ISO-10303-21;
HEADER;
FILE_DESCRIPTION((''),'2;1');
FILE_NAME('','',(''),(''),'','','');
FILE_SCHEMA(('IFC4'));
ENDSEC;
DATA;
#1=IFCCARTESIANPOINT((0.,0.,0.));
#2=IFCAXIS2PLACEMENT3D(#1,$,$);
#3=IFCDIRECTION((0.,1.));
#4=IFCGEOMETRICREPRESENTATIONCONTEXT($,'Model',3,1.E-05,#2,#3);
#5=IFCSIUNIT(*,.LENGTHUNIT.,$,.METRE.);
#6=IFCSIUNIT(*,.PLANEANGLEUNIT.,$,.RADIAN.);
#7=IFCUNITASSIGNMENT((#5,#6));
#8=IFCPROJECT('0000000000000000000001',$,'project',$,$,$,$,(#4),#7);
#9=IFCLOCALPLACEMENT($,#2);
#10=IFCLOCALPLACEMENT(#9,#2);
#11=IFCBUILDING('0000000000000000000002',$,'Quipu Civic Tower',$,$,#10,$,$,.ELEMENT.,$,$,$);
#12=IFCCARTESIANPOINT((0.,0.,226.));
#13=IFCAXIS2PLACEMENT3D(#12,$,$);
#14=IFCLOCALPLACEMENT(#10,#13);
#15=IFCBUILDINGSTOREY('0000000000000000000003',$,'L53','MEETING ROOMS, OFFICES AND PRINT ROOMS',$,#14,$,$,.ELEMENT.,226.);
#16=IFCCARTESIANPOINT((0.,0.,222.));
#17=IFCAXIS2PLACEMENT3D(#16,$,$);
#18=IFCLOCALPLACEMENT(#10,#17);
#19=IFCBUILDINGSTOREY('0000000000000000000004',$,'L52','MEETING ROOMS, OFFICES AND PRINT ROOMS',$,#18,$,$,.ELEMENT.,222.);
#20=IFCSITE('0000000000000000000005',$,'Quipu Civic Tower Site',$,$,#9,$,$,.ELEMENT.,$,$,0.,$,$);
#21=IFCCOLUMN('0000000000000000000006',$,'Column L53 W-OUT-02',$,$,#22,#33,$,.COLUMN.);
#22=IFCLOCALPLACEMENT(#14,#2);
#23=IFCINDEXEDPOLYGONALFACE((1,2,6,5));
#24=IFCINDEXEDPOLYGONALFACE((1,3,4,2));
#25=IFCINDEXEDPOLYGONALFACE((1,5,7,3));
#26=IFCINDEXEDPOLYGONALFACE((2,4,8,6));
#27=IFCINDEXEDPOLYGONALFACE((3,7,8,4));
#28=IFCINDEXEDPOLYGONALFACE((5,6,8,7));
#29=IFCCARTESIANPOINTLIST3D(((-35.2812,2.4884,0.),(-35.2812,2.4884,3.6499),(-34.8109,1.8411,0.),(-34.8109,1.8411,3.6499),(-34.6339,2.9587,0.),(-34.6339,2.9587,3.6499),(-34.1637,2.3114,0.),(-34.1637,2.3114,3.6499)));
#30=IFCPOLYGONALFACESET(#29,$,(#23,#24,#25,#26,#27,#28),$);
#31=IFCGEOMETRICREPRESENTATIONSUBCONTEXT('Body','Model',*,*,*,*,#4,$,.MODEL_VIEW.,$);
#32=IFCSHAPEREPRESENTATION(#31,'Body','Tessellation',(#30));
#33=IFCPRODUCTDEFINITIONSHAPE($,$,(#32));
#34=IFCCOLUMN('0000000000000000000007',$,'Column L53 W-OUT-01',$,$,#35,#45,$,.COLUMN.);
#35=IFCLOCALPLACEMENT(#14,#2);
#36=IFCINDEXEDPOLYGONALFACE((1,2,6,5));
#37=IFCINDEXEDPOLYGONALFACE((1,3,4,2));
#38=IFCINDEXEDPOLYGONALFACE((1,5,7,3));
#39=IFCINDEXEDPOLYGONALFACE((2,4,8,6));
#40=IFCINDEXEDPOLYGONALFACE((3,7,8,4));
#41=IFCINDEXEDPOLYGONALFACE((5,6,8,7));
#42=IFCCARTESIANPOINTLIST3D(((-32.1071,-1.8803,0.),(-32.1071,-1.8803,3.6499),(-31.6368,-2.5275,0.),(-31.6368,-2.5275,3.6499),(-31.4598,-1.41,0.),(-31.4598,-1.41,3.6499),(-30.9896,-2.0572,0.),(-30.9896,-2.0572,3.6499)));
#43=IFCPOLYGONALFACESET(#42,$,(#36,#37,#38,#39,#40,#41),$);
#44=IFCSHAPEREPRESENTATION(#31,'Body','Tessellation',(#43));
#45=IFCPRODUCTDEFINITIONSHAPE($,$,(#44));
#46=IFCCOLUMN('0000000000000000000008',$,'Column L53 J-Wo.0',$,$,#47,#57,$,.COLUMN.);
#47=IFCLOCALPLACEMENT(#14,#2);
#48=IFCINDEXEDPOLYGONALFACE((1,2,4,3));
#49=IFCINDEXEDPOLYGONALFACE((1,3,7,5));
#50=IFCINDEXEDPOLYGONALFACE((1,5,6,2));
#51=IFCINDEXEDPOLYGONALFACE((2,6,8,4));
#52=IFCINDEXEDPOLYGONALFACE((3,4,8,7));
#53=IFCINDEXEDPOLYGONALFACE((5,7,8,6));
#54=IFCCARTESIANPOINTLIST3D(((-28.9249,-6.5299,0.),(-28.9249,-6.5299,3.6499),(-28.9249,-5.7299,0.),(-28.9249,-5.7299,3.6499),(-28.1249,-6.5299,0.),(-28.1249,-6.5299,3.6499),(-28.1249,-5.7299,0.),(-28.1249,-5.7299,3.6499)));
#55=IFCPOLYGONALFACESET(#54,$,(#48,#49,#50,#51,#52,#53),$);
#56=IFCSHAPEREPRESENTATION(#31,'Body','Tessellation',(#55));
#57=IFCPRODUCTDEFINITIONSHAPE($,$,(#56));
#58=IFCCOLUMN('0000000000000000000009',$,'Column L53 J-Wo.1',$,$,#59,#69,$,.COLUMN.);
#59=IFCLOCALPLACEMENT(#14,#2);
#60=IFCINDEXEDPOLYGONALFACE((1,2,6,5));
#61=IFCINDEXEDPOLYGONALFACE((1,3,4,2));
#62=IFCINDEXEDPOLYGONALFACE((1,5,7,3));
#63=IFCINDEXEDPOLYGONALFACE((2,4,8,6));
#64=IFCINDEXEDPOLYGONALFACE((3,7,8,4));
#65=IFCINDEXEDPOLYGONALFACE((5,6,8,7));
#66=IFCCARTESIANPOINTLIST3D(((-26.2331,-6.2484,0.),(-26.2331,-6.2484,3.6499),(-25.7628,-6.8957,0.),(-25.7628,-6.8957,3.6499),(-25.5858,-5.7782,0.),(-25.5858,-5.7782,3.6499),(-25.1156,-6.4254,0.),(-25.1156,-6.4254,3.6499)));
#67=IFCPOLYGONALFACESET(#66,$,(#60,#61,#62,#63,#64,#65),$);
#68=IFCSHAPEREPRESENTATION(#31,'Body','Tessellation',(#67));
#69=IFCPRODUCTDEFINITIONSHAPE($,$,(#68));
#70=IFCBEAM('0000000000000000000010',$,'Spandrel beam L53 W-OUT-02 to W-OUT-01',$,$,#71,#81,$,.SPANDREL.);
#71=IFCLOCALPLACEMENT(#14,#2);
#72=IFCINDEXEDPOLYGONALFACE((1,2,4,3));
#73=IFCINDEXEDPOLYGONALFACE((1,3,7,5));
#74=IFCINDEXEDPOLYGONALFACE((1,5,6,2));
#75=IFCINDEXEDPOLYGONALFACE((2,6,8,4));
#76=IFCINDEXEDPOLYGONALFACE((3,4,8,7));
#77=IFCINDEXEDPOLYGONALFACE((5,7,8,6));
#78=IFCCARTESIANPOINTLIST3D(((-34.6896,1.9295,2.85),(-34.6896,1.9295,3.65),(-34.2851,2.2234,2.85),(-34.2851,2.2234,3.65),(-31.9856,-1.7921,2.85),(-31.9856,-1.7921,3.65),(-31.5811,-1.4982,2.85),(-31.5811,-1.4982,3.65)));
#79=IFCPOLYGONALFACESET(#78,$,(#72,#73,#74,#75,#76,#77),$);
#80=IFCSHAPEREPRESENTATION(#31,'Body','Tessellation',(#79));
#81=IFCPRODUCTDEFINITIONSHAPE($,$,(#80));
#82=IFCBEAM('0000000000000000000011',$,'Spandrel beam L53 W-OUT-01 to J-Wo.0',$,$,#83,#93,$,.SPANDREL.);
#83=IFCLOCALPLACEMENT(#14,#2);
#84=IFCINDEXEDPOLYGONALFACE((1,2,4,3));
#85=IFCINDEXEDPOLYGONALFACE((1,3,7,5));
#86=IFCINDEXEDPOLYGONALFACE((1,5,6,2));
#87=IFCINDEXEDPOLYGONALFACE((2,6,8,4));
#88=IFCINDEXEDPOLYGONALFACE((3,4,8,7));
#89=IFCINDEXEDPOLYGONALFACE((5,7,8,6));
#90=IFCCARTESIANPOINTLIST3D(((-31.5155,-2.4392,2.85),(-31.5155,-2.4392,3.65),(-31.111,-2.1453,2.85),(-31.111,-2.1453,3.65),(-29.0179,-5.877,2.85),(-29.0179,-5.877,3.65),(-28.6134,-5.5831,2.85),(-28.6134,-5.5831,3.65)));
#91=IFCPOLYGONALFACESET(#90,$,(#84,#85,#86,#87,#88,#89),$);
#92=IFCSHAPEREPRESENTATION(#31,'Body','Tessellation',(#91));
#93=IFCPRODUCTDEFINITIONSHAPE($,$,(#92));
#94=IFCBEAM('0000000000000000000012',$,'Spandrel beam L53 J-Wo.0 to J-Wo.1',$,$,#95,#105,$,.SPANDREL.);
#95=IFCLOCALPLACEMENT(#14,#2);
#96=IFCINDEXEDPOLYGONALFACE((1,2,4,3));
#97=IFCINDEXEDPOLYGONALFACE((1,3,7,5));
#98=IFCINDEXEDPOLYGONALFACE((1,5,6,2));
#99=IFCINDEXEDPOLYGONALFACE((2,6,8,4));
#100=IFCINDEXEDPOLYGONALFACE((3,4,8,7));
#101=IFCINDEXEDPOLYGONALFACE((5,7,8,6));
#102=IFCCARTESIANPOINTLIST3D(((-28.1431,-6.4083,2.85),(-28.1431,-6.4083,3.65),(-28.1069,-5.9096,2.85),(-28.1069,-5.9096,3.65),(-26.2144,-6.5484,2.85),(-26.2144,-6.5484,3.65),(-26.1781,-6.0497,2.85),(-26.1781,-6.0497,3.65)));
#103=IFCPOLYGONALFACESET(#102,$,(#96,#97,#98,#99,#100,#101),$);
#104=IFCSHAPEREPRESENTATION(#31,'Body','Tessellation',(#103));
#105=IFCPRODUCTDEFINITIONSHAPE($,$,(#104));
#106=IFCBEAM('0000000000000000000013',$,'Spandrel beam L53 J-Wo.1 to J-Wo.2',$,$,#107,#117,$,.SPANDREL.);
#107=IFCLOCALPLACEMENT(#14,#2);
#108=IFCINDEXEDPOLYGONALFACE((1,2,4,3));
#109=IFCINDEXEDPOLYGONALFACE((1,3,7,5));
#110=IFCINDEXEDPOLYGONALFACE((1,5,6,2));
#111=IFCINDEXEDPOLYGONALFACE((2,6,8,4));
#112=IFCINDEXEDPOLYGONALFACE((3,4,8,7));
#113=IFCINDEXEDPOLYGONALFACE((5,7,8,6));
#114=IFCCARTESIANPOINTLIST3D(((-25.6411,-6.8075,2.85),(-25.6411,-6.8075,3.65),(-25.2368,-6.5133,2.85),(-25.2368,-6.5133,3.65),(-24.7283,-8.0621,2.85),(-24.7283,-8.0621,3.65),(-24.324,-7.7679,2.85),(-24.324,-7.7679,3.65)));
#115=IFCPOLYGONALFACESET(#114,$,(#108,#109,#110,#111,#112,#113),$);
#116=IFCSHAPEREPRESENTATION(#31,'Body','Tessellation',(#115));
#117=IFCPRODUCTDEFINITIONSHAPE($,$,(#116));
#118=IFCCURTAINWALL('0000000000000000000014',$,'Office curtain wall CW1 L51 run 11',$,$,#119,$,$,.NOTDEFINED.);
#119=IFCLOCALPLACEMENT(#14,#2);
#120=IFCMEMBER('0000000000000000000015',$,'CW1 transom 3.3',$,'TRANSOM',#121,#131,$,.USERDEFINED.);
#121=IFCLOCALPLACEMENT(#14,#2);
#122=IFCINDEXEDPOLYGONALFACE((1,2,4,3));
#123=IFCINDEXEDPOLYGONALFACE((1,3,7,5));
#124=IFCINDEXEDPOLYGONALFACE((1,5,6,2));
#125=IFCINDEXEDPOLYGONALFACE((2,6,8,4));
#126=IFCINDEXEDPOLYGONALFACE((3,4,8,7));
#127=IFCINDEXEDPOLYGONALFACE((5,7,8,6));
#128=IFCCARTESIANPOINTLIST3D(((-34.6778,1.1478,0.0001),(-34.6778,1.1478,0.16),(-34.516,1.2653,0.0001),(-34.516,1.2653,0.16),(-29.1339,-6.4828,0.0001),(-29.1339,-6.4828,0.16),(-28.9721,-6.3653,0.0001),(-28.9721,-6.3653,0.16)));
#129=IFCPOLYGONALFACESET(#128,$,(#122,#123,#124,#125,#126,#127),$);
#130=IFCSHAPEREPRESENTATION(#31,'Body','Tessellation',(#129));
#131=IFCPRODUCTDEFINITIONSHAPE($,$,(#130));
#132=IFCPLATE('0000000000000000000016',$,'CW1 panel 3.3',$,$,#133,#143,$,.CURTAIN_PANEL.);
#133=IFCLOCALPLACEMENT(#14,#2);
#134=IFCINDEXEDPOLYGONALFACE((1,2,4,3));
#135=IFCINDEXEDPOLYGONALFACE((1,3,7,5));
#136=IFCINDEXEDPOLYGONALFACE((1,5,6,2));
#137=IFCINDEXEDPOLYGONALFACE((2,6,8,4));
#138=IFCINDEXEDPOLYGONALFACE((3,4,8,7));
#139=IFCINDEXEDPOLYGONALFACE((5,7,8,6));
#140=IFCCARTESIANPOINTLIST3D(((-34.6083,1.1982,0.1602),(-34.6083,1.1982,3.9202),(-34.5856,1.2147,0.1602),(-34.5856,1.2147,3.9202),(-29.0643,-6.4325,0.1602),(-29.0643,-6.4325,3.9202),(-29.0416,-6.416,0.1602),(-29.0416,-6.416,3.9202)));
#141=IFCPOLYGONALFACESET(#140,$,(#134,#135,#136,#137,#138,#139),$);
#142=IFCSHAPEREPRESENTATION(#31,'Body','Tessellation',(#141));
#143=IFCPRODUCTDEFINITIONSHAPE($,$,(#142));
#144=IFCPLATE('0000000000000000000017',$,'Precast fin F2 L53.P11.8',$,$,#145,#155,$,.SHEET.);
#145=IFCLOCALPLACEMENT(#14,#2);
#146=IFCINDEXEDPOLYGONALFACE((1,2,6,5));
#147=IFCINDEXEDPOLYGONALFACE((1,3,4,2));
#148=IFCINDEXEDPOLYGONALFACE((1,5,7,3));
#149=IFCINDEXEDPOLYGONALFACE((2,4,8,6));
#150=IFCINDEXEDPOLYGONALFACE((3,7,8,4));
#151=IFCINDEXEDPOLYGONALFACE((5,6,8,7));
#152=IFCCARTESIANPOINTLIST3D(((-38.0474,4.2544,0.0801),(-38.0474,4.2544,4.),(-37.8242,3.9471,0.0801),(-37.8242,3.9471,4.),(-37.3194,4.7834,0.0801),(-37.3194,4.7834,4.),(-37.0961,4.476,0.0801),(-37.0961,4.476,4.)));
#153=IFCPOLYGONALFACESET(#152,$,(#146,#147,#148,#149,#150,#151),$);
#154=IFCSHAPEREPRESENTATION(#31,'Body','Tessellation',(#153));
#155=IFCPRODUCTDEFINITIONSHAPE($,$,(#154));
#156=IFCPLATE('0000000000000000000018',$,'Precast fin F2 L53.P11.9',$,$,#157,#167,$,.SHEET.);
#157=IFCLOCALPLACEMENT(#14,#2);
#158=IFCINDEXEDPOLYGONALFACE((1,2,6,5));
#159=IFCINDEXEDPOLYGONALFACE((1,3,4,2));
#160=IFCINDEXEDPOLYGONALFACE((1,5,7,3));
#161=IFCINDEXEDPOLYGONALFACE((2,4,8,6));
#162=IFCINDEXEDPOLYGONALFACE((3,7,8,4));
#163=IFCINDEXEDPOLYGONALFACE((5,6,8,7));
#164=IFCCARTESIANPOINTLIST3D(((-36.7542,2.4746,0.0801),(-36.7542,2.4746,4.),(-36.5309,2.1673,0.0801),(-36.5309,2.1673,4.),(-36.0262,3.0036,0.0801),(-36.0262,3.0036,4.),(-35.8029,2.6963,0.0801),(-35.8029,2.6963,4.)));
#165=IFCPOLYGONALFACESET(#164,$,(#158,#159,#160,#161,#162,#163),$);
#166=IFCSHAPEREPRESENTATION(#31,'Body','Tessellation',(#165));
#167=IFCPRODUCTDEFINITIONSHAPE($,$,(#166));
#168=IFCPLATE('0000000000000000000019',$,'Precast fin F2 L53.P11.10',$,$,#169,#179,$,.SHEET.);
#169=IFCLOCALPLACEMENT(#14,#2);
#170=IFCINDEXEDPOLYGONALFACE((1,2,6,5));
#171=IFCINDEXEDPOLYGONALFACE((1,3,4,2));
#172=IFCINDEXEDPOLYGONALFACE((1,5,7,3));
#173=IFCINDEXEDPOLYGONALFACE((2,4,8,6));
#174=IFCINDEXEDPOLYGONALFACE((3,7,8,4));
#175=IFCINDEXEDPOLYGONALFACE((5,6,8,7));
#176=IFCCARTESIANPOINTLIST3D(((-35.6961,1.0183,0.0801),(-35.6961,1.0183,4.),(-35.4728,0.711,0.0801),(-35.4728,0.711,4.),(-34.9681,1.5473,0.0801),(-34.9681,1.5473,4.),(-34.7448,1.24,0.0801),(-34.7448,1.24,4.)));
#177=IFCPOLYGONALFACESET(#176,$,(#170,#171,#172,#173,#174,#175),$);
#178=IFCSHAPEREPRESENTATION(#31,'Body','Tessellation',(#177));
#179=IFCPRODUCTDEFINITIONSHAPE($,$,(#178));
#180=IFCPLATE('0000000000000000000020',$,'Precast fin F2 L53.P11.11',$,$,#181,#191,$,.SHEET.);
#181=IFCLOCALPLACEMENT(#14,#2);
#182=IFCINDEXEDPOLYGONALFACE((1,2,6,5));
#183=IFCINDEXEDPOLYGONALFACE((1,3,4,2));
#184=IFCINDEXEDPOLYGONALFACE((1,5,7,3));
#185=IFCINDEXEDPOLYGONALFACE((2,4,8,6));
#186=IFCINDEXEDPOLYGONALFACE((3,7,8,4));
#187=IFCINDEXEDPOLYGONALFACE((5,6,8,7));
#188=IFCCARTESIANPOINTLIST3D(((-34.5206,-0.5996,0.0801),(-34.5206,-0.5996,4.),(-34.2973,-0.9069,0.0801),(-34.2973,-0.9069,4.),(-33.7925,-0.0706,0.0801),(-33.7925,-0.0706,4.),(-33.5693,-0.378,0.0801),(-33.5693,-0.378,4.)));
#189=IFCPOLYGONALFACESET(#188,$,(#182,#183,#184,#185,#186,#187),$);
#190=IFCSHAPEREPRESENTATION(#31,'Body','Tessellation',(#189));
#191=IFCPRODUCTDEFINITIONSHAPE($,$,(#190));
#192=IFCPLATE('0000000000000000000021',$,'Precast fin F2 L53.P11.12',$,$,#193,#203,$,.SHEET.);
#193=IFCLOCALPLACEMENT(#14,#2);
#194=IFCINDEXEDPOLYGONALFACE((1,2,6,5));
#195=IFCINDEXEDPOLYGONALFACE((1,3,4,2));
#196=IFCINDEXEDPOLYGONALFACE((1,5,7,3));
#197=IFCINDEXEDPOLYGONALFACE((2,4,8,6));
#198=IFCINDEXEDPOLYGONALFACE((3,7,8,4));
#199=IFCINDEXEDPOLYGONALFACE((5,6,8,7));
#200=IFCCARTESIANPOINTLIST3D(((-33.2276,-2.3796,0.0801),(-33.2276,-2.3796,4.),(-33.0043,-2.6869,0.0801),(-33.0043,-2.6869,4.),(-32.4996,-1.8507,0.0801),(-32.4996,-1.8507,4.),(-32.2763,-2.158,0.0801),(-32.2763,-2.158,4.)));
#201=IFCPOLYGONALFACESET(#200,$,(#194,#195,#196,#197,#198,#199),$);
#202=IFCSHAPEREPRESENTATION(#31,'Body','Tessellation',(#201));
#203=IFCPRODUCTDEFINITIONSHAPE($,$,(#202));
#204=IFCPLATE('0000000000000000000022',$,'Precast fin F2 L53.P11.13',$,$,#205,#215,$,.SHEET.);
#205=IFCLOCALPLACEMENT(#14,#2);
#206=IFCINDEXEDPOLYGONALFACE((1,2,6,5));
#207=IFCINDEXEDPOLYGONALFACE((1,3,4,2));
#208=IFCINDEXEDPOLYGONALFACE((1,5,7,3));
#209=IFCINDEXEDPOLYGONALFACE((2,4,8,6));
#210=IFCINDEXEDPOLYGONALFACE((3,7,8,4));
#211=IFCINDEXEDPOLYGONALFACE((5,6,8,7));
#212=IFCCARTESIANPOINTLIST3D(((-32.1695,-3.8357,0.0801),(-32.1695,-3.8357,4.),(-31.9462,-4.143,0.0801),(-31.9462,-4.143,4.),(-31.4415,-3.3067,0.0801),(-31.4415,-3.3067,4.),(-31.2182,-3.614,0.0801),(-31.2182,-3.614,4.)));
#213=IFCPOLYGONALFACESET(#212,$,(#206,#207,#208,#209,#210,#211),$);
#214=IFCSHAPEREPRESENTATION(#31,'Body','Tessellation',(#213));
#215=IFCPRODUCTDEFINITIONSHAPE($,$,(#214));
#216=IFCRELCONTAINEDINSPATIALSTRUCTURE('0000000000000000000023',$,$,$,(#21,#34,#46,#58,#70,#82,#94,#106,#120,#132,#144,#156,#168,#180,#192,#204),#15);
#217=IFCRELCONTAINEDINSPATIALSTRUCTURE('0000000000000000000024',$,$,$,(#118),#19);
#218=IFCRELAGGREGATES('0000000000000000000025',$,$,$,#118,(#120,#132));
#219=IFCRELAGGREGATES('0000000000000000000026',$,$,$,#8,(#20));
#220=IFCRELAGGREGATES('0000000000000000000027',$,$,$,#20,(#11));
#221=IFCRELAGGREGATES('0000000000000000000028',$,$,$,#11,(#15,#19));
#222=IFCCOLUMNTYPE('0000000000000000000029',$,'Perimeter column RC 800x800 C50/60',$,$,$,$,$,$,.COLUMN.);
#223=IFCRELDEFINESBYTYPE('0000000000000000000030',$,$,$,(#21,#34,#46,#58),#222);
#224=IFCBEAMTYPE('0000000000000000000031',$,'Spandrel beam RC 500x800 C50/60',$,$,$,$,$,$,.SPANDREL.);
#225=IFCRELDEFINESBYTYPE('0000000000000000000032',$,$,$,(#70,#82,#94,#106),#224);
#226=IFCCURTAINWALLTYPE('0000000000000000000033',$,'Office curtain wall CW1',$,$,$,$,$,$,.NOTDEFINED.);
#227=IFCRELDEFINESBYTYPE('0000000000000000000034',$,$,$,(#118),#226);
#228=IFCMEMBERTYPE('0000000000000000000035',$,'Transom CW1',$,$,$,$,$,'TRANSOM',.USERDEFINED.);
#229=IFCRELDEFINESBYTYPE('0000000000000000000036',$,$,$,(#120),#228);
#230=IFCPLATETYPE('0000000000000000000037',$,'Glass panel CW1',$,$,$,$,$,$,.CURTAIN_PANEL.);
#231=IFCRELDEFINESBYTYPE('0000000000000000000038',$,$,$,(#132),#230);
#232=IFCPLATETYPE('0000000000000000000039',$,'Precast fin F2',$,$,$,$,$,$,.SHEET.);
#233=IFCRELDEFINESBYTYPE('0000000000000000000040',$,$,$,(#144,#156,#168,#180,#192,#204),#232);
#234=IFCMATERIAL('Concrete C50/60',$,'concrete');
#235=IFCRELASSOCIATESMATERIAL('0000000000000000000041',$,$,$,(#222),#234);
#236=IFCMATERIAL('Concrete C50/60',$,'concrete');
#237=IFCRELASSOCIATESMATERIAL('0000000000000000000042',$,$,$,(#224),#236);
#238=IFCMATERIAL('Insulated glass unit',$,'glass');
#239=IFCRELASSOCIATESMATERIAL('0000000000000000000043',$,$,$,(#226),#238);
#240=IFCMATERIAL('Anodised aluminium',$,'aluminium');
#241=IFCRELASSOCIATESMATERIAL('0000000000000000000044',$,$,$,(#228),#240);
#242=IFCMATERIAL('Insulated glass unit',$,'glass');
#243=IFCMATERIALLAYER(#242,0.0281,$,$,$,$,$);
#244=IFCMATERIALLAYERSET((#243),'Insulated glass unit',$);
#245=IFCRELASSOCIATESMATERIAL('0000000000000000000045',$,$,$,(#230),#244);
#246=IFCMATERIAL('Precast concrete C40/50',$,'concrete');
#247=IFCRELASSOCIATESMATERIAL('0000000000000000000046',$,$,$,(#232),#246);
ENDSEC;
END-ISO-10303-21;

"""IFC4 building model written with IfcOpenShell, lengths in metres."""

from ifc_helpers import new_model, si_unit, direction, frame, origin, origin_2d, place, context, subcontext, project, spatial, rectangle, extrude, material, layer, layer_set, material_profile, profile_set, type_object, element, aggregate, save


model = new_model("IFC4")

# Units and contexts
model_context = context("Model", 3, precision=1e-05, world=origin(), true_north=direction((0.0, 1.0)))
body_context = subcontext(model_context, "Body", "Model", "MODEL_VIEW")
ifc_project = project(units=[si_unit("LENGTHUNIT", "METRE"), si_unit("PLANEANGLEUNIT", "RADIAN")], contexts=[model_context])

# Site, building, storey
site_placement = place(None, origin())
site = spatial("IfcSite", under=ifc_project, at=site_placement, Name="Quipu Civic Tower Site", CompositionType="ELEMENT", RefElevation=0.0)
building_placement = place(site_placement, origin())
building = spatial("IfcBuilding", under=site, at=building_placement, Name="Quipu Civic Tower", CompositionType="ELEMENT")
storey_1_placement = place(building_placement, frame((0.0, 0.0, 226.0)))
storey_1 = spatial("IfcBuildingStorey", under=building, at=storey_1_placement, Name="L53", Description="MEETING ROOMS, OFFICES AND PRINT ROOMS", CompositionType="ELEMENT", Elevation=226.0)

# Columns
ifc_material_1 = material(Name="Concrete C50/60", Category="concrete")
ifc_material_profile_1 = material_profile(ifc_material_1, rectangle(XDim=0.8, YDim=0.8, at=origin_2d()), Name="RC800x800")
ifc_profile_set_1 = profile_set([ifc_material_profile_1], Name="Concrete C50/60")
column_type = type_object("IfcColumnType", Name="Perimeter column RC 800x800 C50/60", PredefinedType="COLUMN", material=ifc_profile_set_1)
for number, where, z_axis, x_axis, name in (
    (1, (-34.7224, 2.3999, 0.0), (0.0, 0.0, 1.0), (0.587785, -0.809017, 0.0), "Column L53 W-OUT-02"),
    (2, (-31.5483, -1.9688, 0.0), (0.0, 0.0, 1.0), (0.587785, -0.809017, 0.0), "Column L53 W-OUT-01"),
    (3, (-28.5249, -6.1299, 0.0), (0.0, 0.0, 1.0), (1.0, 0.0, 0.0), "Column L53 J-Wo.0"),
    (4, (-25.6743, -6.3369, 0.0), (0.0, 0.0, 1.0), (0.587785, -0.809017, 0.0), "Column L53 J-Wo.1"),
):
    element("IfcColumn", number, at=place(storey_1_placement, frame(where, z_axis=z_axis, x_axis=x_axis)), inside=storey_1, type_object=column_type, Name=name, PredefinedType="COLUMN", context=body_context, shape_type="SweptSolid", body=[
        extrude(rectangle(XDim=0.8, YDim=0.8, at=origin_2d()), origin(), (0.0, 0.0, 1.0), 3.6499),
    ])

# Beams
ifc_material_2 = material(Name="Concrete C50/60", Category="concrete")
ifc_material_profile_2 = material_profile(ifc_material_2, rectangle(XDim=0.5, YDim=0.8, at=origin_2d()), Name="RC500x800")
ifc_profile_set_2 = profile_set([ifc_material_profile_2], Name="Concrete C50/60")
beam_type = type_object("IfcBeamType", Name="Spandrel beam RC 500x800 C50/60", PredefinedType="SPANDREL", material=ifc_profile_set_2)
beam_1_placement = place(storey_1_placement, frame((-34.4873, 2.0764, 3.25), z_axis=(0.587796, -0.809009, 0.0), x_axis=(0.809009, 0.587796, 0.0)))
element("IfcBeam", 5, at=beam_1_placement, inside=storey_1, type_object=beam_type, Name="Spandrel beam L53 W-OUT-02 to W-OUT-01", PredefinedType="SPANDREL", context=body_context, shape_type="SweptSolid", body=[
    extrude(rectangle(XDim=0.5, YDim=0.8, at=origin_2d()), origin(), (0.0, 0.0, 1.0), 4.6001),
])
beam_2_placement = place(storey_1_placement, frame((-31.3132, -2.2922, 3.25), z_axis=(0.587769, -0.809029, 0.0), x_axis=(0.809029, 0.587769, 0.0)))
element("IfcBeam", 6, at=beam_2_placement, inside=storey_1, type_object=beam_type, Name="Spandrel beam L53 W-OUT-01 to J-Wo.0", PredefinedType="SPANDREL", context=body_context, shape_type="SweptSolid", body=[
    extrude(rectangle(XDim=0.5, YDim=0.8, at=origin_2d()), origin(), (0.0, 0.0, 1.0), 4.2493),
])
beam_3_placement = place(storey_1_placement, frame((-28.125, -6.1589, 3.25), z_axis=(0.997371, -0.072467, 0.0), x_axis=(0.072467, 0.997371, 0.0)))
element("IfcBeam", 7, at=beam_3_placement, inside=storey_1, type_object=beam_type, Name="Spandrel beam L53 J-Wo.0 to J-Wo.1", PredefinedType="SPANDREL", context=body_context, shape_type="SweptSolid", body=[
    extrude(rectangle(XDim=0.5, YDim=0.8, at=origin_2d()), origin(), (0.0, 0.0, 1.0), 1.9338),
])
beam_4_placement = place(storey_1_placement, frame((-25.439, -6.6604, 3.25), z_axis=(0.588331, -0.80862, 0.0), x_axis=(0.80862, 0.588331, 0.0)))
element("IfcBeam", 8, at=beam_4_placement, inside=storey_1, type_object=beam_type, Name="Spandrel beam L53 J-Wo.1 to J-Wo.2", PredefinedType="SPANDREL", context=body_context, shape_type="SweptSolid", body=[
    extrude(rectangle(XDim=0.5, YDim=0.8, at=origin_2d()), origin(), (0.0, 0.0, 1.0), 1.5515),
])

# Shared definitions
storey_2_placement = place(building_placement, frame((0.0, 0.0, 222.0)))
storey_2 = spatial("IfcBuildingStorey", under=building, at=storey_2_placement, Name="L52", Description="MEETING ROOMS, OFFICES AND PRINT ROOMS", CompositionType="ELEMENT", Elevation=222.0)

# Curtain wall, member, plate
ifc_material_3 = material(Name="Insulated glass unit", Category="glass")
curtain_wall_type = type_object("IfcCurtainWallType", Name="Office curtain wall CW1", PredefinedType="NOTDEFINED", material=ifc_material_3)
curtain_wall_placement = place(storey_2_placement, origin())
curtain_wall = element("IfcCurtainWall", 9, at=curtain_wall_placement, inside=storey_2, type_object=curtain_wall_type, Name="Office curtain wall CW1 L51 run 11", PredefinedType="NOTDEFINED")
ifc_material_4 = material(Name="Anodised aluminium", Category="aluminium")
ifc_material_profile_3 = material_profile(ifc_material_4, rectangle(XDim=0.2, YDim=0.1599, at=origin_2d()), Name="RECT 200x160")
ifc_profile_set_3 = profile_set([ifc_material_profile_3], Name="Anodised aluminium")
member_type = type_object("IfcMemberType", Name="Transom CW1", ElementType="TRANSOM", PredefinedType="USERDEFINED", material=ifc_profile_set_3)
member_placement = place(storey_1_placement, frame((-34.5969, 1.2065, 0.0801), z_axis=(0.587784, -0.809018, 0.0), x_axis=(0.809018, 0.587784, 0.0)))
member = element("IfcMember", 10, at=member_placement, inside=storey_1, type_object=member_type, Name="CW1 transom 3.3", ObjectType="TRANSOM", PredefinedType="USERDEFINED", context=body_context, shape_type="SweptSolid", body=[
    extrude(rectangle(XDim=0.2, YDim=0.1599, at=origin_2d()), origin(), (0.0, 0.0, 1.0), 9.4319),
])
ifc_material_5 = material(Name="Insulated glass unit", Category="glass")
ifc_layer_1 = layer(ifc_material_5, 0.0281)
ifc_layer_set_1 = layer_set([ifc_layer_1], Name="Insulated glass unit")
plate_type_1 = type_object("IfcPlateType", Name="Glass panel CW1", PredefinedType="CURTAIN_PANEL", material=ifc_layer_set_1)
plate_placement = place(storey_1_placement, frame((-31.825, -2.6089, 0.1602), z_axis=(0.0, 0.0, 1.0), x_axis=(0.587786, -0.809017, 0.0)))
plate = element("IfcPlate", 11, at=plate_placement, inside=storey_1, type_object=plate_type_1, Name="CW1 panel 3.3", PredefinedType="CURTAIN_PANEL", context=body_context, shape_type="SweptSolid", body=[
    extrude(rectangle(XDim=9.4321, YDim=0.0281, at=origin_2d()), origin(), (0.0, 0.0, 1.0), 3.76),
])
aggregate(curtain_wall, [member, plate])

# Plates
ifc_material_6 = material(Name="Precast concrete C40/50", Category="concrete")
plate_type_2 = type_object("IfcPlateType", Name="Precast fin F2", PredefinedType="SHEET", material=ifc_material_6)
for number, where, z_axis, x_axis, name in (
    (12, (-37.5718, 4.3652, 0.0801), (0.0, 0.0, 1.0), (0.587786, -0.809017, 0.0), "Precast fin F2 L53.P11.8"),
    (13, (-36.2786, 2.5854, 0.0801), (0.0, 0.0, 1.0), (0.587786, -0.809017, 0.0), "Precast fin F2 L53.P11.9"),
    (14, (-35.2205, 1.1292, 0.0801), (0.0, 0.0, 1.0), (0.587786, -0.809017, 0.0), "Precast fin F2 L53.P11.10"),
    (15, (-34.0449, -0.4888, 0.0801), (0.0, 0.0, 1.0), (0.587786, -0.809017, 0.0), "Precast fin F2 L53.P11.11"),
    (16, (-32.752, -2.2688, 0.0801), (0.0, 0.0, 1.0), (0.587786, -0.809017, 0.0), "Precast fin F2 L53.P11.12"),
    (17, (-31.6938, -3.7249, 0.0801), (0.0, 0.0, 1.0), (0.587786, -0.809017, 0.0), "Precast fin F2 L53.P11.13"),
):
    element("IfcPlate", number, at=place(storey_1_placement, frame(where, z_axis=z_axis, x_axis=x_axis)), inside=storey_1, type_object=plate_type_2, Name=name, PredefinedType="SHEET", context=body_context, shape_type="SweptSolid", body=[
        extrude(rectangle(XDim=0.3799, YDim=0.8999, at=origin_2d()), origin(), (0.0, 0.0, 1.0), 3.9199),
    ])

save(model, "model.ifc")
